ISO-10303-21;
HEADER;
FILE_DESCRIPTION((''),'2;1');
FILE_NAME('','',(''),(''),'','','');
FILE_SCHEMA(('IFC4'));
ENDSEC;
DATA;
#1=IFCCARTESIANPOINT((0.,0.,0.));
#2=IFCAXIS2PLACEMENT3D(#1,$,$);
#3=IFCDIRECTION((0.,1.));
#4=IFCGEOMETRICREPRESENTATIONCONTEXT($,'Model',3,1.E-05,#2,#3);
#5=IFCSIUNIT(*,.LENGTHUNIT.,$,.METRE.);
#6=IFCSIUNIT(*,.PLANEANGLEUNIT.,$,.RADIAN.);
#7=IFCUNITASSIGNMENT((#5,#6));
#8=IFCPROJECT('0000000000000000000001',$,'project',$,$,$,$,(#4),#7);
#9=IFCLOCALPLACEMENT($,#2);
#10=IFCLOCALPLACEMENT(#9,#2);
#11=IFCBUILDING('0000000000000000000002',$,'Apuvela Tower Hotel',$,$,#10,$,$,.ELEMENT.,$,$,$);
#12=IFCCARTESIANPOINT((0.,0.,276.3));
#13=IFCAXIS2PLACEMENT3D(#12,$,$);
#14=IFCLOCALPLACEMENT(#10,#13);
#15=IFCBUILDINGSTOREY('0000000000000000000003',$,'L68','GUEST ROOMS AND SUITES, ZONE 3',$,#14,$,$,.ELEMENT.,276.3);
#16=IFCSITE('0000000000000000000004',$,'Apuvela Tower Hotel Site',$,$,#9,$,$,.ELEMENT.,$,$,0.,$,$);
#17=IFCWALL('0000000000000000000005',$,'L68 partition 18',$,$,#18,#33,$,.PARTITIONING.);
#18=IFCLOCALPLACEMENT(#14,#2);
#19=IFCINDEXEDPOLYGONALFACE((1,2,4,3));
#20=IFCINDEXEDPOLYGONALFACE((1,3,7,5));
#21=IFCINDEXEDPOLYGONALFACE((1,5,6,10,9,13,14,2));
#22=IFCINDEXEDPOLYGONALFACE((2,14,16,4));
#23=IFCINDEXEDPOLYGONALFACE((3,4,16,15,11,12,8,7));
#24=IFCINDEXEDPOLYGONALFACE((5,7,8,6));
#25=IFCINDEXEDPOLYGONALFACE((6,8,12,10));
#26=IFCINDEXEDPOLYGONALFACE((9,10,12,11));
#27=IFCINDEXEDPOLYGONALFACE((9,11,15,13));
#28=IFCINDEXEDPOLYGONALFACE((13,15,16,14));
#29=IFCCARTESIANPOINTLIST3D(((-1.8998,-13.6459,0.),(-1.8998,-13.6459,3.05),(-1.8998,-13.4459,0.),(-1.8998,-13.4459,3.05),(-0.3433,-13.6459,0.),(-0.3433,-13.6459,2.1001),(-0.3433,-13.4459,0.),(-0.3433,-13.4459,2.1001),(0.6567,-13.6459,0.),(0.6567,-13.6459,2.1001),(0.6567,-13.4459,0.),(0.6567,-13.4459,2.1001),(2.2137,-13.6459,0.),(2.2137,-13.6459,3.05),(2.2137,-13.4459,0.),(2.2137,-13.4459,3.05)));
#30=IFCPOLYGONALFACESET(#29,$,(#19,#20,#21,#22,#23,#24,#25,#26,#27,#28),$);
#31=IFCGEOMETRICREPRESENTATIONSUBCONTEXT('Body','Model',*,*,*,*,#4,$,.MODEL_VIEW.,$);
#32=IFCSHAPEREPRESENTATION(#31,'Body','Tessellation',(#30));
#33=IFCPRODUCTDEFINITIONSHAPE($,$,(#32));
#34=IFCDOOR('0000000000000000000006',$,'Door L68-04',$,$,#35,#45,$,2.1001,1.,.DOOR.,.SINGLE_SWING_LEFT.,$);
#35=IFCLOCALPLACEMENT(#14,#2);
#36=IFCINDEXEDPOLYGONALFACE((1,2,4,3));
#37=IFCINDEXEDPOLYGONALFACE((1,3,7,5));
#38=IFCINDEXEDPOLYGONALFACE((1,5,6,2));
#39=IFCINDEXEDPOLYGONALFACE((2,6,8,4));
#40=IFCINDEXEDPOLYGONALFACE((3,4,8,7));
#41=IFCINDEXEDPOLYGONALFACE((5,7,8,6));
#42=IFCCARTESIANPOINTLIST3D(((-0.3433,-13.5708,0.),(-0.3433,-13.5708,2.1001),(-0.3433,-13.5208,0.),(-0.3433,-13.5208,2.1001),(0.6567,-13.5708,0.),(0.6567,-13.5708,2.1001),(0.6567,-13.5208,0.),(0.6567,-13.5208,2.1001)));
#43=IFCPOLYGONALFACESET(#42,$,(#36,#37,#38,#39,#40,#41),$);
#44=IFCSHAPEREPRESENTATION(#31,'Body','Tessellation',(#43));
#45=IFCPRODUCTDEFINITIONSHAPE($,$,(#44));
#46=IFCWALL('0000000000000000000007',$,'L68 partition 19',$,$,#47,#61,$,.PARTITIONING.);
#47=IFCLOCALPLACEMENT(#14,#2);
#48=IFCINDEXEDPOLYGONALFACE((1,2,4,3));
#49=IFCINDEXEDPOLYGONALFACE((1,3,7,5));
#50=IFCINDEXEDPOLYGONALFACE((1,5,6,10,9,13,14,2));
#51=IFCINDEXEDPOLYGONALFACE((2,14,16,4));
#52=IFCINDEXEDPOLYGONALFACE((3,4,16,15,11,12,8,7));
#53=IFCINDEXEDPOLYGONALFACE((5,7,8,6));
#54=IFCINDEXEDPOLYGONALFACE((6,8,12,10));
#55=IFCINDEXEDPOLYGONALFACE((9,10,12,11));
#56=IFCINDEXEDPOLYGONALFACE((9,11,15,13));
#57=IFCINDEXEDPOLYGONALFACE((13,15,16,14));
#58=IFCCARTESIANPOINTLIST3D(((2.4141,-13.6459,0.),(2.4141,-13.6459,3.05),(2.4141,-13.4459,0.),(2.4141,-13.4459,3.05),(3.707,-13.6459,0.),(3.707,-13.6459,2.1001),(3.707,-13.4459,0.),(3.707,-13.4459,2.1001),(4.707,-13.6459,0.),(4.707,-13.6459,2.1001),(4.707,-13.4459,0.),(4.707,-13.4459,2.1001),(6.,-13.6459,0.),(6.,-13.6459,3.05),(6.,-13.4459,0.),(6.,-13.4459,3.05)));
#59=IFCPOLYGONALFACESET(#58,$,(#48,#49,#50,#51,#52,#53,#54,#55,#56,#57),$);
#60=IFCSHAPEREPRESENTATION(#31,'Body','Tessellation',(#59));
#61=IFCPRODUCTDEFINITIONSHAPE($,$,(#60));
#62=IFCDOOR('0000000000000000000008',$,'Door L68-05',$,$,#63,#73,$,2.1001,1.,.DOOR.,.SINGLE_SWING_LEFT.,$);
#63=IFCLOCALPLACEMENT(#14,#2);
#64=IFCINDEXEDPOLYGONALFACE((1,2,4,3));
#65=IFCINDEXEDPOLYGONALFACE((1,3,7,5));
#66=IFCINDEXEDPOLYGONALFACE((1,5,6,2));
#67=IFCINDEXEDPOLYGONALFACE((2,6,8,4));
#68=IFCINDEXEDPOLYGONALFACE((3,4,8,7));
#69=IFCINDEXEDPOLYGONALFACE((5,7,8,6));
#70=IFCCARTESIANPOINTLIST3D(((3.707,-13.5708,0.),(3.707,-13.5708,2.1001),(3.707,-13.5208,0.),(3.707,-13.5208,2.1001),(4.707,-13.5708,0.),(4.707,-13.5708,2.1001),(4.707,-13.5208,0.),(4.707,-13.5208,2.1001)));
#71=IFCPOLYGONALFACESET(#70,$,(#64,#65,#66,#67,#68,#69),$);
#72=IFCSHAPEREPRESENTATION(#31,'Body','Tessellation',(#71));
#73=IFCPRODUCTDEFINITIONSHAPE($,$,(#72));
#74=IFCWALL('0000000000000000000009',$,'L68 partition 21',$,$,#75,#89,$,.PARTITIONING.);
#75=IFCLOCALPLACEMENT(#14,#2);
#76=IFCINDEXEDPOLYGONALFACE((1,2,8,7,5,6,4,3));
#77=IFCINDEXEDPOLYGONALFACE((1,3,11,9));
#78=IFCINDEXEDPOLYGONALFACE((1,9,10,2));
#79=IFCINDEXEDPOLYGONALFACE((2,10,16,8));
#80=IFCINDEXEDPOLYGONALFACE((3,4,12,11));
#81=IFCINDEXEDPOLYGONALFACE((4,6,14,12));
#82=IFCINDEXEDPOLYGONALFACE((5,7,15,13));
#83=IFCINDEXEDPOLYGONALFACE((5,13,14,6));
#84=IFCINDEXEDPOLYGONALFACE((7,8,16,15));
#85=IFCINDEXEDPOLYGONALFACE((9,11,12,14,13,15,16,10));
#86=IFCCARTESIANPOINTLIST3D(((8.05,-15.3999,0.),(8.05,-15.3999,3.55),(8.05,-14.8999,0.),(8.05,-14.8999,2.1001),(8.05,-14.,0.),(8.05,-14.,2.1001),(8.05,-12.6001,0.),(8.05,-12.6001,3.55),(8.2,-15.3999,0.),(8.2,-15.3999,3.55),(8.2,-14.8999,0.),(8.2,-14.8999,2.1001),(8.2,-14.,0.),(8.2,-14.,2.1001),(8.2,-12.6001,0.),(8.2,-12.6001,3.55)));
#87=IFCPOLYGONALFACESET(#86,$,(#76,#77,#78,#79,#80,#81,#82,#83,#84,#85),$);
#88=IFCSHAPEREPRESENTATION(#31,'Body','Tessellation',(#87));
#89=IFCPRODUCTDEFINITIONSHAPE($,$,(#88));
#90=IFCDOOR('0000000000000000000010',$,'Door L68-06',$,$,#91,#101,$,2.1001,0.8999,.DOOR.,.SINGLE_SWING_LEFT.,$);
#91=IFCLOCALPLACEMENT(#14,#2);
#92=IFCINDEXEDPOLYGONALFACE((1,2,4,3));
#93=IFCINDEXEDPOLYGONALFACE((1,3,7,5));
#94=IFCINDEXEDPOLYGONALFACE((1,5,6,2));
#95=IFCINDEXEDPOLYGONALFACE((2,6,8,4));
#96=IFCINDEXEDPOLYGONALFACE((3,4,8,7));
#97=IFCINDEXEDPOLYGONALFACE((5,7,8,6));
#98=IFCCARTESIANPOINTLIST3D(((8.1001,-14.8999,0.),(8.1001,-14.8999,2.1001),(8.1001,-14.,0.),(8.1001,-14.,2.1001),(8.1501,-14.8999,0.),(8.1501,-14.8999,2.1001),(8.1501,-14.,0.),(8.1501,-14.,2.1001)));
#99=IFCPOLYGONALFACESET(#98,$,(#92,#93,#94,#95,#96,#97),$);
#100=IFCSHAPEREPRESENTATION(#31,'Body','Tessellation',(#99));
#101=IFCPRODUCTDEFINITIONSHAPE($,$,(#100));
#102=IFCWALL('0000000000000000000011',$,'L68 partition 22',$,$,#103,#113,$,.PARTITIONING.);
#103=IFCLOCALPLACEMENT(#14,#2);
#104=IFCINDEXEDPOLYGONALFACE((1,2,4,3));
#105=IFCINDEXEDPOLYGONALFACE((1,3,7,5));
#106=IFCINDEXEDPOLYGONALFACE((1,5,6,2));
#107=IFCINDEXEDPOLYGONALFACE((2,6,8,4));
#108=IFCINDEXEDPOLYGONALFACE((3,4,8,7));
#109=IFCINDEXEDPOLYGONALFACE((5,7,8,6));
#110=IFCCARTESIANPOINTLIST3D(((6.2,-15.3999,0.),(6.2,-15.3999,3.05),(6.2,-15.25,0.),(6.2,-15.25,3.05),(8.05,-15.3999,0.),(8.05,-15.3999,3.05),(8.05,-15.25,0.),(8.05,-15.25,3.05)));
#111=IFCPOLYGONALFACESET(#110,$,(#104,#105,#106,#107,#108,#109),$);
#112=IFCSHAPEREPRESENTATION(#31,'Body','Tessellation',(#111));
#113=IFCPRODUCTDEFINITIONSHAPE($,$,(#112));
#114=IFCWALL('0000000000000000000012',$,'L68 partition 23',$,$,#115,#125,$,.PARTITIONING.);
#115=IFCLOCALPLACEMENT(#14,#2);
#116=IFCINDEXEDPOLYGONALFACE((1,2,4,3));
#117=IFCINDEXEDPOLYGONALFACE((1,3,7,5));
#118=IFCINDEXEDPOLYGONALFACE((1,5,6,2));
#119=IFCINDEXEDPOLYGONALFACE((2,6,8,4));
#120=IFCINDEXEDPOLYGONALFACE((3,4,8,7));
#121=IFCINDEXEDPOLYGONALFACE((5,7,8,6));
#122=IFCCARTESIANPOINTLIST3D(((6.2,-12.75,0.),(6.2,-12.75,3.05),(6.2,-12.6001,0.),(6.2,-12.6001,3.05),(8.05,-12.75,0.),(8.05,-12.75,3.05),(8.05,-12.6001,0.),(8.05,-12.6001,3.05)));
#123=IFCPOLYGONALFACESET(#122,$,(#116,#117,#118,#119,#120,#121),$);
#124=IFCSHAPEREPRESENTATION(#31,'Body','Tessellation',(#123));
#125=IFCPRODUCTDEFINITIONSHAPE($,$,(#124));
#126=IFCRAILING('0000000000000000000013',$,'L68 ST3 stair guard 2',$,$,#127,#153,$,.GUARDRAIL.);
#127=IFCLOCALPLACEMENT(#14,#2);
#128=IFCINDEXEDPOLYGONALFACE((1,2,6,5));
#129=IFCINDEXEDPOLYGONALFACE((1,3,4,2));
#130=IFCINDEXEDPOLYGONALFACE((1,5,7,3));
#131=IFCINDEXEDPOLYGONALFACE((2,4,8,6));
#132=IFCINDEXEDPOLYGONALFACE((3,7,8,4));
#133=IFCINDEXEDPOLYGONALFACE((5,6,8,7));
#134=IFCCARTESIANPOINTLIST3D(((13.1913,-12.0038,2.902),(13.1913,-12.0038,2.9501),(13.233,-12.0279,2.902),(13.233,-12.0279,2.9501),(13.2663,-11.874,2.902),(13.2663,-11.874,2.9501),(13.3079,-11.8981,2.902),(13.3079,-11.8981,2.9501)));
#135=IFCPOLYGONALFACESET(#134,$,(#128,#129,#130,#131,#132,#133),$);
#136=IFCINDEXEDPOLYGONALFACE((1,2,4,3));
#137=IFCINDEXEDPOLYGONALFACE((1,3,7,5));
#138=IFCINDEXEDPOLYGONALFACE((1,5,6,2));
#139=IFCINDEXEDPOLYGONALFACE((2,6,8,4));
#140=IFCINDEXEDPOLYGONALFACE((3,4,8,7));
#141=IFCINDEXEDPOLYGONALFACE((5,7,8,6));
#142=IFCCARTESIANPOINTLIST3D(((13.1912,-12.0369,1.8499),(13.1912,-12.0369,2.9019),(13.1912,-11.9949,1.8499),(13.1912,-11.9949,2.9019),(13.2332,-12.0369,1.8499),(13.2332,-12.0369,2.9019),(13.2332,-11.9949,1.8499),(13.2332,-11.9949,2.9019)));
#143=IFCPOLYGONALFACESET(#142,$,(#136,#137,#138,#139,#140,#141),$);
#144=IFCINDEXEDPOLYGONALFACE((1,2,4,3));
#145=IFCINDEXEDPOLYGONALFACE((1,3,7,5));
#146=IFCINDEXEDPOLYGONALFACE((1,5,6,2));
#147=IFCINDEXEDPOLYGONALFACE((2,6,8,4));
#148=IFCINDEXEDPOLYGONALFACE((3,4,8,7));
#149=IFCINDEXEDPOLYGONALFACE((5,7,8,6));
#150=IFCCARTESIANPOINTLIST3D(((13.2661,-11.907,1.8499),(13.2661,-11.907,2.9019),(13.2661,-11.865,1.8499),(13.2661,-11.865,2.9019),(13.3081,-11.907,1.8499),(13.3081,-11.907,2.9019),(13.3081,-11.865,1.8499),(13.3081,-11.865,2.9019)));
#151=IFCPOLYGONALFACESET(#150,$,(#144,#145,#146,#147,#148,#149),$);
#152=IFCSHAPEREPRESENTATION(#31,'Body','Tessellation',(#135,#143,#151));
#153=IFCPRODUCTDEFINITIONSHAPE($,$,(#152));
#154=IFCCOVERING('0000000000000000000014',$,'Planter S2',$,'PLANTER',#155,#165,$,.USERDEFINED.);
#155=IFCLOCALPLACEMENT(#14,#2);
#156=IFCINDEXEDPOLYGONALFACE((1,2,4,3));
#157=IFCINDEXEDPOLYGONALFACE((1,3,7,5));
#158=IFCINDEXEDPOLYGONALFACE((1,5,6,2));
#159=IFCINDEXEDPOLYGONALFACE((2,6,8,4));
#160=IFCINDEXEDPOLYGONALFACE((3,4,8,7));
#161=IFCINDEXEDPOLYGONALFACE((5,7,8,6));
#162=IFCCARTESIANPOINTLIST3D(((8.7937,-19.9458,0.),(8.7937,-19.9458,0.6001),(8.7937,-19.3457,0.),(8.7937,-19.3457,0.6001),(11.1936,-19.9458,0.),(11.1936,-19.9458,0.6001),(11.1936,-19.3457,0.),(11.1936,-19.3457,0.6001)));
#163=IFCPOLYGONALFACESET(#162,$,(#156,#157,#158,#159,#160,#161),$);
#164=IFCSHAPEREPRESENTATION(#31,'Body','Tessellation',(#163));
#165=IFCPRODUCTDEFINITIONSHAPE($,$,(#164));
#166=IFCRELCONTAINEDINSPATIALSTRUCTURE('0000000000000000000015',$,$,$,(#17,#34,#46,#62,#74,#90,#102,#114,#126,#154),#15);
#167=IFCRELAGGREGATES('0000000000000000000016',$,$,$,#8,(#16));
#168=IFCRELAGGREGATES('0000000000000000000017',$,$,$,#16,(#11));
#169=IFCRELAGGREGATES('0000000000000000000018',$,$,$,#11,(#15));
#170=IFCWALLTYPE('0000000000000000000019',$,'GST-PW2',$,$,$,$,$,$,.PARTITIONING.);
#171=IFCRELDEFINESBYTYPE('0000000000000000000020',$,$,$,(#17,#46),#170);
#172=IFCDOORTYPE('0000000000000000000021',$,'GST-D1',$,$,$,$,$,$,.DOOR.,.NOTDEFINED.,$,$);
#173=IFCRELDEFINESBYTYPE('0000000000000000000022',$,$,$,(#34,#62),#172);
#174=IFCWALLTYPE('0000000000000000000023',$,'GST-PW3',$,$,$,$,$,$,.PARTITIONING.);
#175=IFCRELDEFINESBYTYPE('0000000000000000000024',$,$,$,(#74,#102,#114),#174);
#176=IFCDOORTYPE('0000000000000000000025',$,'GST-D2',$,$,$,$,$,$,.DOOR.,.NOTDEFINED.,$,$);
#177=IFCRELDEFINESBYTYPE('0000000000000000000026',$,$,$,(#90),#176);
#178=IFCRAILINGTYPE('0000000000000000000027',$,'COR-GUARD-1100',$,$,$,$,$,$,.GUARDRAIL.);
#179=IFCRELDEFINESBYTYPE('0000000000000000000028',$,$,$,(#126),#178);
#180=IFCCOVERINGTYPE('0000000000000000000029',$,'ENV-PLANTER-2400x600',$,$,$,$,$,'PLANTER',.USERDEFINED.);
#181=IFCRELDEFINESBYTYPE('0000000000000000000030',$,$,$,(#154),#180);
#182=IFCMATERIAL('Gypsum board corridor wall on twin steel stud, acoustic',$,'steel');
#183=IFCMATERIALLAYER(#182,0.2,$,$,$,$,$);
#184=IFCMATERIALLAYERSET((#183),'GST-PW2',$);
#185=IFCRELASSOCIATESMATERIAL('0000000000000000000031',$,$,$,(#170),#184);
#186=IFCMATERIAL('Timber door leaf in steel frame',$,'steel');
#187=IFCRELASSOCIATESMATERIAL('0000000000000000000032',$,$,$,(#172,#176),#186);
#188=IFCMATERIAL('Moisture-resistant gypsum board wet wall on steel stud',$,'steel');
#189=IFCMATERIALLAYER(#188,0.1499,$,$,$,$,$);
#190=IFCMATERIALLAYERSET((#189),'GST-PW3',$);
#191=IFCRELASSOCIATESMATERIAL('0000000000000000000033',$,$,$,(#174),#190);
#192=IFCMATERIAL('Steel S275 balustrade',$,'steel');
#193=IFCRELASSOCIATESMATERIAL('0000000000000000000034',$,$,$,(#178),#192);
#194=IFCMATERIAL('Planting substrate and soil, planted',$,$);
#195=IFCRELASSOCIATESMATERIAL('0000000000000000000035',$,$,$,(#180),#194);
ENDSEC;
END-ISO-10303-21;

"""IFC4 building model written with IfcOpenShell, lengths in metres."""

from ifc_helpers import new_model, si_unit, direction, frame, frame_2d, origin, origin_2d, place, context, subcontext, project, spatial, rectangle, extrude, material, layer, layer_set, type_object, element, fill, save


model = new_model("IFC4")

# Units and contexts
model_context = context("Model", 3, precision=1e-05, world=origin(), true_north=direction((0.0, 1.0)))
body_context = subcontext(model_context, "Body", "Model", "MODEL_VIEW")
ifc_project = project(units=[si_unit("LENGTHUNIT", "METRE"), si_unit("PLANEANGLEUNIT", "RADIAN")], contexts=[model_context])

# Site, building, storey
site_placement = place(None, origin())
site = spatial("IfcSite", under=ifc_project, at=site_placement, Name="Apuvela Tower Hotel Site", CompositionType="ELEMENT", RefElevation=0.0)
building_placement = place(site_placement, origin())
building = spatial("IfcBuilding", under=site, at=building_placement, Name="Apuvela Tower Hotel", CompositionType="ELEMENT")
storey_placement = place(building_placement, frame((0.0, 0.0, 276.3)))
storey = spatial("IfcBuildingStorey", under=building, at=storey_placement, Name="L68", Description="GUEST ROOMS AND SUITES, ZONE 3", CompositionType="ELEMENT", Elevation=276.3)

# Walls, openings, doors
ifc_material_1 = material(Name="Gypsum board corridor wall on twin steel stud, acoustic", Category="steel")
ifc_layer_1 = layer(ifc_material_1, 0.2)
ifc_layer_set_1 = layer_set([ifc_layer_1], Name="GST-PW2")
wall_type_1 = type_object("IfcWallType", Name="GST-PW2", PredefinedType="PARTITIONING", material=ifc_layer_set_1)
wall_1_placement = place(storey_placement, frame((2.2136, -13.5459, 0.0), z_axis=(0.0, 0.0, 1.0), x_axis=(-1.0, 0.0, 0.0)))
wall_1 = element("IfcWall", 1, at=wall_1_placement, inside=storey, type_object=wall_type_1, Name="L68 partition 18", PredefinedType="PARTITIONING", context=body_context, shape_type="SweptSolid", body=[
    extrude(rectangle(XDim=4.1135, YDim=0.2, at=frame_2d((2.0566, 0.0))), origin(), (0.0, 0.0, 1.0), 3.05),
])
opening_1_placement = place(wall_1_placement, frame((1.5569, 0.0, 0.0)))
opening_1 = element("IfcOpeningElement", 2, at=opening_1_placement, cuts=wall_1, PredefinedType="OPENING", context=body_context, shape_type="SweptSolid", body=[
    extrude(rectangle(XDim=1.0, YDim=2.1001, at=frame_2d((0.5, 1.05))), frame((0.0, 0.1099, 0.0), z_axis=(0.0, -1.0, 0.0), x_axis=(1.0, 0.0, 0.0)), (0.0, 0.0, 1.0), 0.22),
])
ifc_material_2 = material(Name="Timber door leaf in steel frame", Category="steel")
door_type_1 = type_object("IfcDoorType", Name="GST-D1", OperationType="NOTDEFINED", PredefinedType="DOOR", material=ifc_material_2)
door_1_placement = place(opening_1_placement, origin())
door_1 = element("IfcDoor", 3, at=door_1_placement, inside=storey, type_object=door_type_1, Name="Door L68-04", OperationType="SINGLE_SWING_LEFT", OverallHeight=2.1001, OverallWidth=1.0, PredefinedType="DOOR", context=body_context, shape_type="SweptSolid", body=[
    extrude(rectangle(XDim=1.0, YDim=2.1001, at=frame_2d((0.5, 1.05))), frame((0.0, 0.0249, 0.0), z_axis=(0.0, -1.0, 0.0), x_axis=(1.0, 0.0, 0.0)), (0.0, 0.0, 1.0), 0.05),
])
fill(opening_1, door_1)
wall_2_placement = place(storey_placement, frame((6.0, -13.5459, 0.0), z_axis=(0.0, 0.0, 1.0), x_axis=(-1.0, 0.0, 0.0)))
wall_2 = element("IfcWall", 4, at=wall_2_placement, inside=storey, type_object=wall_type_1, Name="L68 partition 19", PredefinedType="PARTITIONING", context=body_context, shape_type="SweptSolid", body=[
    extrude(rectangle(XDim=3.5859, YDim=0.2, at=frame_2d((1.793, 0.0))), origin(), (0.0, 0.0, 1.0), 3.05),
])
opening_2_placement = place(wall_2_placement, frame((1.293, 0.0, 0.0)))
opening_2 = element("IfcOpeningElement", 5, at=opening_2_placement, cuts=wall_2, PredefinedType="OPENING", context=body_context, shape_type="SweptSolid", body=[
    extrude(rectangle(XDim=1.0, YDim=2.1001, at=frame_2d((0.5, 1.05))), frame((0.0, 0.1099, 0.0), z_axis=(0.0, -1.0, 0.0), x_axis=(1.0, 0.0, 0.0)), (0.0, 0.0, 1.0), 0.22),
])
door_2_placement = place(opening_2_placement, origin())
door_2 = element("IfcDoor", 6, at=door_2_placement, inside=storey, type_object=door_type_1, Name="Door L68-05", OperationType="SINGLE_SWING_LEFT", OverallHeight=2.1001, OverallWidth=1.0, PredefinedType="DOOR", context=body_context, shape_type="SweptSolid", body=[
    extrude(rectangle(XDim=1.0, YDim=2.1001, at=frame_2d((0.5, 1.05))), frame((0.0, 0.0249, 0.0), z_axis=(0.0, -1.0, 0.0), x_axis=(1.0, 0.0, 0.0)), (0.0, 0.0, 1.0), 0.05),
])
fill(opening_2, door_2)
ifc_material_3 = material(Name="Moisture-resistant gypsum board wet wall on steel stud", Category="steel")
ifc_layer_2 = layer(ifc_material_3, 0.1499)
ifc_layer_set_2 = layer_set([ifc_layer_2], Name="GST-PW3")
wall_type_2 = type_object("IfcWallType", Name="GST-PW3", PredefinedType="PARTITIONING", material=ifc_layer_set_2)
wall_3_placement = place(storey_placement, frame((8.125, -15.3999, 0.0), z_axis=(0.0, 0.0, 1.0), x_axis=(0.0, 1.0, 0.0)))
wall_3 = element("IfcWall", 7, at=wall_3_placement, inside=storey, type_object=wall_type_2, Name="L68 partition 21", PredefinedType="PARTITIONING", context=body_context, shape_type="SweptSolid", body=[
    extrude(rectangle(XDim=2.7998, YDim=0.1499, at=frame_2d((1.3999, 0.0))), origin(), (0.0, 0.0, 1.0), 3.55),
])
opening_3_placement = place(wall_3_placement, frame((0.5, 0.0, 0.0)))
opening_3 = element("IfcOpeningElement", 8, at=opening_3_placement, cuts=wall_3, PredefinedType="OPENING", context=body_context, shape_type="SweptSolid", body=[
    extrude(rectangle(XDim=0.8999, YDim=2.1001, at=frame_2d((0.45, 1.05))), frame((0.0, 0.085, 0.0), z_axis=(0.0, -1.0, 0.0), x_axis=(1.0, 0.0, 0.0)), (0.0, 0.0, 1.0), 0.1699),
])
door_type_2 = type_object("IfcDoorType", Name="GST-D2", OperationType="NOTDEFINED", PredefinedType="DOOR", material=ifc_material_2)
door_3_placement = place(opening_3_placement, origin())
door_3 = element("IfcDoor", 9, at=door_3_placement, inside=storey, type_object=door_type_2, Name="Door L68-06", OperationType="SINGLE_SWING_LEFT", OverallHeight=2.1001, OverallWidth=0.8999, PredefinedType="DOOR", context=body_context, shape_type="SweptSolid", body=[
    extrude(rectangle(XDim=0.8999, YDim=2.1001, at=frame_2d((0.45, 1.05))), frame((0.0, 0.0249, 0.0), z_axis=(0.0, -1.0, 0.0), x_axis=(1.0, 0.0, 0.0)), (0.0, 0.0, 1.0), 0.05),
])
fill(opening_3, door_3)

# Walls
for number, where, z_axis, x_axis, name in (
    (10, (6.2, -15.325, 0.0), (0.0, 0.0, 1.0), (1.0, 0.0, 0.0), "L68 partition 22"),
    (11, (6.2, -12.675, 0.0), (0.0, 0.0, 1.0), (1.0, 0.0, 0.0), "L68 partition 23"),
):
    element("IfcWall", number, at=place(storey_placement, frame(where, z_axis=z_axis, x_axis=x_axis)), inside=storey, type_object=wall_type_2, Name=name, PredefinedType="PARTITIONING", context=body_context, shape_type="SweptSolid", body=[
        extrude(rectangle(XDim=1.8501, YDim=0.1499, at=frame_2d((0.925, 0.0))), origin(), (0.0, 0.0, 1.0), 3.05),
    ])

# Railing
ifc_material_4 = material(Name="Steel S275 balustrade", Category="steel")
railing_type = type_object("IfcRailingType", Name="COR-GUARD-1100", PredefinedType="GUARDRAIL", material=ifc_material_4)
railing_placement = place(storey_placement, frame((13.2122, -12.0159, 1.8499)))
element("IfcRailing", 12, at=railing_placement, inside=storey, type_object=railing_type, Name="L68 ST3 stair guard 2", PredefinedType="GUARDRAIL", context=body_context, shape_type="SweptSolid", body=[
    extrude(rectangle(XDim=0.0481, YDim=0.0481, at=origin_2d()), frame((0.0, 0.0, 1.0762), z_axis=(0.499816, 0.866131, 0.0), x_axis=(-0.866131, 0.499816, 0.0)), (0.0, 0.0, 1.0), 0.1499),
    extrude(rectangle(XDim=0.042, YDim=0.042, at=origin_2d()), origin(), (0.0, 0.0, 1.0), 1.052),
    extrude(rectangle(XDim=0.042, YDim=0.042, at=origin_2d()), frame((0.075, 0.1299, 0.0)), (0.0, 0.0, 1.0), 1.052),
])

# Covering
ifc_material_5 = material(Name="Planting substrate and soil, planted")
covering_type = type_object("IfcCoveringType", Name="ENV-PLANTER-2400x600", ElementType="PLANTER", PredefinedType="USERDEFINED", material=ifc_material_5)
covering_placement = place(storey_placement, frame((9.9937, -19.6458, 0.0), z_axis=(0.0, 0.0, 1.0), x_axis=(1.0, 0.0, 0.0)))
element("IfcCovering", 13, at=covering_placement, inside=storey, type_object=covering_type, Name="Planter S2", ObjectType="PLANTER", PredefinedType="USERDEFINED", context=body_context, shape_type="SweptSolid", body=[
    extrude(rectangle(XDim=2.3999, YDim=0.6001, at=origin_2d()), origin(), (0.0, 0.0, 1.0), 0.6001),
])

save(model, "model.ifc")
